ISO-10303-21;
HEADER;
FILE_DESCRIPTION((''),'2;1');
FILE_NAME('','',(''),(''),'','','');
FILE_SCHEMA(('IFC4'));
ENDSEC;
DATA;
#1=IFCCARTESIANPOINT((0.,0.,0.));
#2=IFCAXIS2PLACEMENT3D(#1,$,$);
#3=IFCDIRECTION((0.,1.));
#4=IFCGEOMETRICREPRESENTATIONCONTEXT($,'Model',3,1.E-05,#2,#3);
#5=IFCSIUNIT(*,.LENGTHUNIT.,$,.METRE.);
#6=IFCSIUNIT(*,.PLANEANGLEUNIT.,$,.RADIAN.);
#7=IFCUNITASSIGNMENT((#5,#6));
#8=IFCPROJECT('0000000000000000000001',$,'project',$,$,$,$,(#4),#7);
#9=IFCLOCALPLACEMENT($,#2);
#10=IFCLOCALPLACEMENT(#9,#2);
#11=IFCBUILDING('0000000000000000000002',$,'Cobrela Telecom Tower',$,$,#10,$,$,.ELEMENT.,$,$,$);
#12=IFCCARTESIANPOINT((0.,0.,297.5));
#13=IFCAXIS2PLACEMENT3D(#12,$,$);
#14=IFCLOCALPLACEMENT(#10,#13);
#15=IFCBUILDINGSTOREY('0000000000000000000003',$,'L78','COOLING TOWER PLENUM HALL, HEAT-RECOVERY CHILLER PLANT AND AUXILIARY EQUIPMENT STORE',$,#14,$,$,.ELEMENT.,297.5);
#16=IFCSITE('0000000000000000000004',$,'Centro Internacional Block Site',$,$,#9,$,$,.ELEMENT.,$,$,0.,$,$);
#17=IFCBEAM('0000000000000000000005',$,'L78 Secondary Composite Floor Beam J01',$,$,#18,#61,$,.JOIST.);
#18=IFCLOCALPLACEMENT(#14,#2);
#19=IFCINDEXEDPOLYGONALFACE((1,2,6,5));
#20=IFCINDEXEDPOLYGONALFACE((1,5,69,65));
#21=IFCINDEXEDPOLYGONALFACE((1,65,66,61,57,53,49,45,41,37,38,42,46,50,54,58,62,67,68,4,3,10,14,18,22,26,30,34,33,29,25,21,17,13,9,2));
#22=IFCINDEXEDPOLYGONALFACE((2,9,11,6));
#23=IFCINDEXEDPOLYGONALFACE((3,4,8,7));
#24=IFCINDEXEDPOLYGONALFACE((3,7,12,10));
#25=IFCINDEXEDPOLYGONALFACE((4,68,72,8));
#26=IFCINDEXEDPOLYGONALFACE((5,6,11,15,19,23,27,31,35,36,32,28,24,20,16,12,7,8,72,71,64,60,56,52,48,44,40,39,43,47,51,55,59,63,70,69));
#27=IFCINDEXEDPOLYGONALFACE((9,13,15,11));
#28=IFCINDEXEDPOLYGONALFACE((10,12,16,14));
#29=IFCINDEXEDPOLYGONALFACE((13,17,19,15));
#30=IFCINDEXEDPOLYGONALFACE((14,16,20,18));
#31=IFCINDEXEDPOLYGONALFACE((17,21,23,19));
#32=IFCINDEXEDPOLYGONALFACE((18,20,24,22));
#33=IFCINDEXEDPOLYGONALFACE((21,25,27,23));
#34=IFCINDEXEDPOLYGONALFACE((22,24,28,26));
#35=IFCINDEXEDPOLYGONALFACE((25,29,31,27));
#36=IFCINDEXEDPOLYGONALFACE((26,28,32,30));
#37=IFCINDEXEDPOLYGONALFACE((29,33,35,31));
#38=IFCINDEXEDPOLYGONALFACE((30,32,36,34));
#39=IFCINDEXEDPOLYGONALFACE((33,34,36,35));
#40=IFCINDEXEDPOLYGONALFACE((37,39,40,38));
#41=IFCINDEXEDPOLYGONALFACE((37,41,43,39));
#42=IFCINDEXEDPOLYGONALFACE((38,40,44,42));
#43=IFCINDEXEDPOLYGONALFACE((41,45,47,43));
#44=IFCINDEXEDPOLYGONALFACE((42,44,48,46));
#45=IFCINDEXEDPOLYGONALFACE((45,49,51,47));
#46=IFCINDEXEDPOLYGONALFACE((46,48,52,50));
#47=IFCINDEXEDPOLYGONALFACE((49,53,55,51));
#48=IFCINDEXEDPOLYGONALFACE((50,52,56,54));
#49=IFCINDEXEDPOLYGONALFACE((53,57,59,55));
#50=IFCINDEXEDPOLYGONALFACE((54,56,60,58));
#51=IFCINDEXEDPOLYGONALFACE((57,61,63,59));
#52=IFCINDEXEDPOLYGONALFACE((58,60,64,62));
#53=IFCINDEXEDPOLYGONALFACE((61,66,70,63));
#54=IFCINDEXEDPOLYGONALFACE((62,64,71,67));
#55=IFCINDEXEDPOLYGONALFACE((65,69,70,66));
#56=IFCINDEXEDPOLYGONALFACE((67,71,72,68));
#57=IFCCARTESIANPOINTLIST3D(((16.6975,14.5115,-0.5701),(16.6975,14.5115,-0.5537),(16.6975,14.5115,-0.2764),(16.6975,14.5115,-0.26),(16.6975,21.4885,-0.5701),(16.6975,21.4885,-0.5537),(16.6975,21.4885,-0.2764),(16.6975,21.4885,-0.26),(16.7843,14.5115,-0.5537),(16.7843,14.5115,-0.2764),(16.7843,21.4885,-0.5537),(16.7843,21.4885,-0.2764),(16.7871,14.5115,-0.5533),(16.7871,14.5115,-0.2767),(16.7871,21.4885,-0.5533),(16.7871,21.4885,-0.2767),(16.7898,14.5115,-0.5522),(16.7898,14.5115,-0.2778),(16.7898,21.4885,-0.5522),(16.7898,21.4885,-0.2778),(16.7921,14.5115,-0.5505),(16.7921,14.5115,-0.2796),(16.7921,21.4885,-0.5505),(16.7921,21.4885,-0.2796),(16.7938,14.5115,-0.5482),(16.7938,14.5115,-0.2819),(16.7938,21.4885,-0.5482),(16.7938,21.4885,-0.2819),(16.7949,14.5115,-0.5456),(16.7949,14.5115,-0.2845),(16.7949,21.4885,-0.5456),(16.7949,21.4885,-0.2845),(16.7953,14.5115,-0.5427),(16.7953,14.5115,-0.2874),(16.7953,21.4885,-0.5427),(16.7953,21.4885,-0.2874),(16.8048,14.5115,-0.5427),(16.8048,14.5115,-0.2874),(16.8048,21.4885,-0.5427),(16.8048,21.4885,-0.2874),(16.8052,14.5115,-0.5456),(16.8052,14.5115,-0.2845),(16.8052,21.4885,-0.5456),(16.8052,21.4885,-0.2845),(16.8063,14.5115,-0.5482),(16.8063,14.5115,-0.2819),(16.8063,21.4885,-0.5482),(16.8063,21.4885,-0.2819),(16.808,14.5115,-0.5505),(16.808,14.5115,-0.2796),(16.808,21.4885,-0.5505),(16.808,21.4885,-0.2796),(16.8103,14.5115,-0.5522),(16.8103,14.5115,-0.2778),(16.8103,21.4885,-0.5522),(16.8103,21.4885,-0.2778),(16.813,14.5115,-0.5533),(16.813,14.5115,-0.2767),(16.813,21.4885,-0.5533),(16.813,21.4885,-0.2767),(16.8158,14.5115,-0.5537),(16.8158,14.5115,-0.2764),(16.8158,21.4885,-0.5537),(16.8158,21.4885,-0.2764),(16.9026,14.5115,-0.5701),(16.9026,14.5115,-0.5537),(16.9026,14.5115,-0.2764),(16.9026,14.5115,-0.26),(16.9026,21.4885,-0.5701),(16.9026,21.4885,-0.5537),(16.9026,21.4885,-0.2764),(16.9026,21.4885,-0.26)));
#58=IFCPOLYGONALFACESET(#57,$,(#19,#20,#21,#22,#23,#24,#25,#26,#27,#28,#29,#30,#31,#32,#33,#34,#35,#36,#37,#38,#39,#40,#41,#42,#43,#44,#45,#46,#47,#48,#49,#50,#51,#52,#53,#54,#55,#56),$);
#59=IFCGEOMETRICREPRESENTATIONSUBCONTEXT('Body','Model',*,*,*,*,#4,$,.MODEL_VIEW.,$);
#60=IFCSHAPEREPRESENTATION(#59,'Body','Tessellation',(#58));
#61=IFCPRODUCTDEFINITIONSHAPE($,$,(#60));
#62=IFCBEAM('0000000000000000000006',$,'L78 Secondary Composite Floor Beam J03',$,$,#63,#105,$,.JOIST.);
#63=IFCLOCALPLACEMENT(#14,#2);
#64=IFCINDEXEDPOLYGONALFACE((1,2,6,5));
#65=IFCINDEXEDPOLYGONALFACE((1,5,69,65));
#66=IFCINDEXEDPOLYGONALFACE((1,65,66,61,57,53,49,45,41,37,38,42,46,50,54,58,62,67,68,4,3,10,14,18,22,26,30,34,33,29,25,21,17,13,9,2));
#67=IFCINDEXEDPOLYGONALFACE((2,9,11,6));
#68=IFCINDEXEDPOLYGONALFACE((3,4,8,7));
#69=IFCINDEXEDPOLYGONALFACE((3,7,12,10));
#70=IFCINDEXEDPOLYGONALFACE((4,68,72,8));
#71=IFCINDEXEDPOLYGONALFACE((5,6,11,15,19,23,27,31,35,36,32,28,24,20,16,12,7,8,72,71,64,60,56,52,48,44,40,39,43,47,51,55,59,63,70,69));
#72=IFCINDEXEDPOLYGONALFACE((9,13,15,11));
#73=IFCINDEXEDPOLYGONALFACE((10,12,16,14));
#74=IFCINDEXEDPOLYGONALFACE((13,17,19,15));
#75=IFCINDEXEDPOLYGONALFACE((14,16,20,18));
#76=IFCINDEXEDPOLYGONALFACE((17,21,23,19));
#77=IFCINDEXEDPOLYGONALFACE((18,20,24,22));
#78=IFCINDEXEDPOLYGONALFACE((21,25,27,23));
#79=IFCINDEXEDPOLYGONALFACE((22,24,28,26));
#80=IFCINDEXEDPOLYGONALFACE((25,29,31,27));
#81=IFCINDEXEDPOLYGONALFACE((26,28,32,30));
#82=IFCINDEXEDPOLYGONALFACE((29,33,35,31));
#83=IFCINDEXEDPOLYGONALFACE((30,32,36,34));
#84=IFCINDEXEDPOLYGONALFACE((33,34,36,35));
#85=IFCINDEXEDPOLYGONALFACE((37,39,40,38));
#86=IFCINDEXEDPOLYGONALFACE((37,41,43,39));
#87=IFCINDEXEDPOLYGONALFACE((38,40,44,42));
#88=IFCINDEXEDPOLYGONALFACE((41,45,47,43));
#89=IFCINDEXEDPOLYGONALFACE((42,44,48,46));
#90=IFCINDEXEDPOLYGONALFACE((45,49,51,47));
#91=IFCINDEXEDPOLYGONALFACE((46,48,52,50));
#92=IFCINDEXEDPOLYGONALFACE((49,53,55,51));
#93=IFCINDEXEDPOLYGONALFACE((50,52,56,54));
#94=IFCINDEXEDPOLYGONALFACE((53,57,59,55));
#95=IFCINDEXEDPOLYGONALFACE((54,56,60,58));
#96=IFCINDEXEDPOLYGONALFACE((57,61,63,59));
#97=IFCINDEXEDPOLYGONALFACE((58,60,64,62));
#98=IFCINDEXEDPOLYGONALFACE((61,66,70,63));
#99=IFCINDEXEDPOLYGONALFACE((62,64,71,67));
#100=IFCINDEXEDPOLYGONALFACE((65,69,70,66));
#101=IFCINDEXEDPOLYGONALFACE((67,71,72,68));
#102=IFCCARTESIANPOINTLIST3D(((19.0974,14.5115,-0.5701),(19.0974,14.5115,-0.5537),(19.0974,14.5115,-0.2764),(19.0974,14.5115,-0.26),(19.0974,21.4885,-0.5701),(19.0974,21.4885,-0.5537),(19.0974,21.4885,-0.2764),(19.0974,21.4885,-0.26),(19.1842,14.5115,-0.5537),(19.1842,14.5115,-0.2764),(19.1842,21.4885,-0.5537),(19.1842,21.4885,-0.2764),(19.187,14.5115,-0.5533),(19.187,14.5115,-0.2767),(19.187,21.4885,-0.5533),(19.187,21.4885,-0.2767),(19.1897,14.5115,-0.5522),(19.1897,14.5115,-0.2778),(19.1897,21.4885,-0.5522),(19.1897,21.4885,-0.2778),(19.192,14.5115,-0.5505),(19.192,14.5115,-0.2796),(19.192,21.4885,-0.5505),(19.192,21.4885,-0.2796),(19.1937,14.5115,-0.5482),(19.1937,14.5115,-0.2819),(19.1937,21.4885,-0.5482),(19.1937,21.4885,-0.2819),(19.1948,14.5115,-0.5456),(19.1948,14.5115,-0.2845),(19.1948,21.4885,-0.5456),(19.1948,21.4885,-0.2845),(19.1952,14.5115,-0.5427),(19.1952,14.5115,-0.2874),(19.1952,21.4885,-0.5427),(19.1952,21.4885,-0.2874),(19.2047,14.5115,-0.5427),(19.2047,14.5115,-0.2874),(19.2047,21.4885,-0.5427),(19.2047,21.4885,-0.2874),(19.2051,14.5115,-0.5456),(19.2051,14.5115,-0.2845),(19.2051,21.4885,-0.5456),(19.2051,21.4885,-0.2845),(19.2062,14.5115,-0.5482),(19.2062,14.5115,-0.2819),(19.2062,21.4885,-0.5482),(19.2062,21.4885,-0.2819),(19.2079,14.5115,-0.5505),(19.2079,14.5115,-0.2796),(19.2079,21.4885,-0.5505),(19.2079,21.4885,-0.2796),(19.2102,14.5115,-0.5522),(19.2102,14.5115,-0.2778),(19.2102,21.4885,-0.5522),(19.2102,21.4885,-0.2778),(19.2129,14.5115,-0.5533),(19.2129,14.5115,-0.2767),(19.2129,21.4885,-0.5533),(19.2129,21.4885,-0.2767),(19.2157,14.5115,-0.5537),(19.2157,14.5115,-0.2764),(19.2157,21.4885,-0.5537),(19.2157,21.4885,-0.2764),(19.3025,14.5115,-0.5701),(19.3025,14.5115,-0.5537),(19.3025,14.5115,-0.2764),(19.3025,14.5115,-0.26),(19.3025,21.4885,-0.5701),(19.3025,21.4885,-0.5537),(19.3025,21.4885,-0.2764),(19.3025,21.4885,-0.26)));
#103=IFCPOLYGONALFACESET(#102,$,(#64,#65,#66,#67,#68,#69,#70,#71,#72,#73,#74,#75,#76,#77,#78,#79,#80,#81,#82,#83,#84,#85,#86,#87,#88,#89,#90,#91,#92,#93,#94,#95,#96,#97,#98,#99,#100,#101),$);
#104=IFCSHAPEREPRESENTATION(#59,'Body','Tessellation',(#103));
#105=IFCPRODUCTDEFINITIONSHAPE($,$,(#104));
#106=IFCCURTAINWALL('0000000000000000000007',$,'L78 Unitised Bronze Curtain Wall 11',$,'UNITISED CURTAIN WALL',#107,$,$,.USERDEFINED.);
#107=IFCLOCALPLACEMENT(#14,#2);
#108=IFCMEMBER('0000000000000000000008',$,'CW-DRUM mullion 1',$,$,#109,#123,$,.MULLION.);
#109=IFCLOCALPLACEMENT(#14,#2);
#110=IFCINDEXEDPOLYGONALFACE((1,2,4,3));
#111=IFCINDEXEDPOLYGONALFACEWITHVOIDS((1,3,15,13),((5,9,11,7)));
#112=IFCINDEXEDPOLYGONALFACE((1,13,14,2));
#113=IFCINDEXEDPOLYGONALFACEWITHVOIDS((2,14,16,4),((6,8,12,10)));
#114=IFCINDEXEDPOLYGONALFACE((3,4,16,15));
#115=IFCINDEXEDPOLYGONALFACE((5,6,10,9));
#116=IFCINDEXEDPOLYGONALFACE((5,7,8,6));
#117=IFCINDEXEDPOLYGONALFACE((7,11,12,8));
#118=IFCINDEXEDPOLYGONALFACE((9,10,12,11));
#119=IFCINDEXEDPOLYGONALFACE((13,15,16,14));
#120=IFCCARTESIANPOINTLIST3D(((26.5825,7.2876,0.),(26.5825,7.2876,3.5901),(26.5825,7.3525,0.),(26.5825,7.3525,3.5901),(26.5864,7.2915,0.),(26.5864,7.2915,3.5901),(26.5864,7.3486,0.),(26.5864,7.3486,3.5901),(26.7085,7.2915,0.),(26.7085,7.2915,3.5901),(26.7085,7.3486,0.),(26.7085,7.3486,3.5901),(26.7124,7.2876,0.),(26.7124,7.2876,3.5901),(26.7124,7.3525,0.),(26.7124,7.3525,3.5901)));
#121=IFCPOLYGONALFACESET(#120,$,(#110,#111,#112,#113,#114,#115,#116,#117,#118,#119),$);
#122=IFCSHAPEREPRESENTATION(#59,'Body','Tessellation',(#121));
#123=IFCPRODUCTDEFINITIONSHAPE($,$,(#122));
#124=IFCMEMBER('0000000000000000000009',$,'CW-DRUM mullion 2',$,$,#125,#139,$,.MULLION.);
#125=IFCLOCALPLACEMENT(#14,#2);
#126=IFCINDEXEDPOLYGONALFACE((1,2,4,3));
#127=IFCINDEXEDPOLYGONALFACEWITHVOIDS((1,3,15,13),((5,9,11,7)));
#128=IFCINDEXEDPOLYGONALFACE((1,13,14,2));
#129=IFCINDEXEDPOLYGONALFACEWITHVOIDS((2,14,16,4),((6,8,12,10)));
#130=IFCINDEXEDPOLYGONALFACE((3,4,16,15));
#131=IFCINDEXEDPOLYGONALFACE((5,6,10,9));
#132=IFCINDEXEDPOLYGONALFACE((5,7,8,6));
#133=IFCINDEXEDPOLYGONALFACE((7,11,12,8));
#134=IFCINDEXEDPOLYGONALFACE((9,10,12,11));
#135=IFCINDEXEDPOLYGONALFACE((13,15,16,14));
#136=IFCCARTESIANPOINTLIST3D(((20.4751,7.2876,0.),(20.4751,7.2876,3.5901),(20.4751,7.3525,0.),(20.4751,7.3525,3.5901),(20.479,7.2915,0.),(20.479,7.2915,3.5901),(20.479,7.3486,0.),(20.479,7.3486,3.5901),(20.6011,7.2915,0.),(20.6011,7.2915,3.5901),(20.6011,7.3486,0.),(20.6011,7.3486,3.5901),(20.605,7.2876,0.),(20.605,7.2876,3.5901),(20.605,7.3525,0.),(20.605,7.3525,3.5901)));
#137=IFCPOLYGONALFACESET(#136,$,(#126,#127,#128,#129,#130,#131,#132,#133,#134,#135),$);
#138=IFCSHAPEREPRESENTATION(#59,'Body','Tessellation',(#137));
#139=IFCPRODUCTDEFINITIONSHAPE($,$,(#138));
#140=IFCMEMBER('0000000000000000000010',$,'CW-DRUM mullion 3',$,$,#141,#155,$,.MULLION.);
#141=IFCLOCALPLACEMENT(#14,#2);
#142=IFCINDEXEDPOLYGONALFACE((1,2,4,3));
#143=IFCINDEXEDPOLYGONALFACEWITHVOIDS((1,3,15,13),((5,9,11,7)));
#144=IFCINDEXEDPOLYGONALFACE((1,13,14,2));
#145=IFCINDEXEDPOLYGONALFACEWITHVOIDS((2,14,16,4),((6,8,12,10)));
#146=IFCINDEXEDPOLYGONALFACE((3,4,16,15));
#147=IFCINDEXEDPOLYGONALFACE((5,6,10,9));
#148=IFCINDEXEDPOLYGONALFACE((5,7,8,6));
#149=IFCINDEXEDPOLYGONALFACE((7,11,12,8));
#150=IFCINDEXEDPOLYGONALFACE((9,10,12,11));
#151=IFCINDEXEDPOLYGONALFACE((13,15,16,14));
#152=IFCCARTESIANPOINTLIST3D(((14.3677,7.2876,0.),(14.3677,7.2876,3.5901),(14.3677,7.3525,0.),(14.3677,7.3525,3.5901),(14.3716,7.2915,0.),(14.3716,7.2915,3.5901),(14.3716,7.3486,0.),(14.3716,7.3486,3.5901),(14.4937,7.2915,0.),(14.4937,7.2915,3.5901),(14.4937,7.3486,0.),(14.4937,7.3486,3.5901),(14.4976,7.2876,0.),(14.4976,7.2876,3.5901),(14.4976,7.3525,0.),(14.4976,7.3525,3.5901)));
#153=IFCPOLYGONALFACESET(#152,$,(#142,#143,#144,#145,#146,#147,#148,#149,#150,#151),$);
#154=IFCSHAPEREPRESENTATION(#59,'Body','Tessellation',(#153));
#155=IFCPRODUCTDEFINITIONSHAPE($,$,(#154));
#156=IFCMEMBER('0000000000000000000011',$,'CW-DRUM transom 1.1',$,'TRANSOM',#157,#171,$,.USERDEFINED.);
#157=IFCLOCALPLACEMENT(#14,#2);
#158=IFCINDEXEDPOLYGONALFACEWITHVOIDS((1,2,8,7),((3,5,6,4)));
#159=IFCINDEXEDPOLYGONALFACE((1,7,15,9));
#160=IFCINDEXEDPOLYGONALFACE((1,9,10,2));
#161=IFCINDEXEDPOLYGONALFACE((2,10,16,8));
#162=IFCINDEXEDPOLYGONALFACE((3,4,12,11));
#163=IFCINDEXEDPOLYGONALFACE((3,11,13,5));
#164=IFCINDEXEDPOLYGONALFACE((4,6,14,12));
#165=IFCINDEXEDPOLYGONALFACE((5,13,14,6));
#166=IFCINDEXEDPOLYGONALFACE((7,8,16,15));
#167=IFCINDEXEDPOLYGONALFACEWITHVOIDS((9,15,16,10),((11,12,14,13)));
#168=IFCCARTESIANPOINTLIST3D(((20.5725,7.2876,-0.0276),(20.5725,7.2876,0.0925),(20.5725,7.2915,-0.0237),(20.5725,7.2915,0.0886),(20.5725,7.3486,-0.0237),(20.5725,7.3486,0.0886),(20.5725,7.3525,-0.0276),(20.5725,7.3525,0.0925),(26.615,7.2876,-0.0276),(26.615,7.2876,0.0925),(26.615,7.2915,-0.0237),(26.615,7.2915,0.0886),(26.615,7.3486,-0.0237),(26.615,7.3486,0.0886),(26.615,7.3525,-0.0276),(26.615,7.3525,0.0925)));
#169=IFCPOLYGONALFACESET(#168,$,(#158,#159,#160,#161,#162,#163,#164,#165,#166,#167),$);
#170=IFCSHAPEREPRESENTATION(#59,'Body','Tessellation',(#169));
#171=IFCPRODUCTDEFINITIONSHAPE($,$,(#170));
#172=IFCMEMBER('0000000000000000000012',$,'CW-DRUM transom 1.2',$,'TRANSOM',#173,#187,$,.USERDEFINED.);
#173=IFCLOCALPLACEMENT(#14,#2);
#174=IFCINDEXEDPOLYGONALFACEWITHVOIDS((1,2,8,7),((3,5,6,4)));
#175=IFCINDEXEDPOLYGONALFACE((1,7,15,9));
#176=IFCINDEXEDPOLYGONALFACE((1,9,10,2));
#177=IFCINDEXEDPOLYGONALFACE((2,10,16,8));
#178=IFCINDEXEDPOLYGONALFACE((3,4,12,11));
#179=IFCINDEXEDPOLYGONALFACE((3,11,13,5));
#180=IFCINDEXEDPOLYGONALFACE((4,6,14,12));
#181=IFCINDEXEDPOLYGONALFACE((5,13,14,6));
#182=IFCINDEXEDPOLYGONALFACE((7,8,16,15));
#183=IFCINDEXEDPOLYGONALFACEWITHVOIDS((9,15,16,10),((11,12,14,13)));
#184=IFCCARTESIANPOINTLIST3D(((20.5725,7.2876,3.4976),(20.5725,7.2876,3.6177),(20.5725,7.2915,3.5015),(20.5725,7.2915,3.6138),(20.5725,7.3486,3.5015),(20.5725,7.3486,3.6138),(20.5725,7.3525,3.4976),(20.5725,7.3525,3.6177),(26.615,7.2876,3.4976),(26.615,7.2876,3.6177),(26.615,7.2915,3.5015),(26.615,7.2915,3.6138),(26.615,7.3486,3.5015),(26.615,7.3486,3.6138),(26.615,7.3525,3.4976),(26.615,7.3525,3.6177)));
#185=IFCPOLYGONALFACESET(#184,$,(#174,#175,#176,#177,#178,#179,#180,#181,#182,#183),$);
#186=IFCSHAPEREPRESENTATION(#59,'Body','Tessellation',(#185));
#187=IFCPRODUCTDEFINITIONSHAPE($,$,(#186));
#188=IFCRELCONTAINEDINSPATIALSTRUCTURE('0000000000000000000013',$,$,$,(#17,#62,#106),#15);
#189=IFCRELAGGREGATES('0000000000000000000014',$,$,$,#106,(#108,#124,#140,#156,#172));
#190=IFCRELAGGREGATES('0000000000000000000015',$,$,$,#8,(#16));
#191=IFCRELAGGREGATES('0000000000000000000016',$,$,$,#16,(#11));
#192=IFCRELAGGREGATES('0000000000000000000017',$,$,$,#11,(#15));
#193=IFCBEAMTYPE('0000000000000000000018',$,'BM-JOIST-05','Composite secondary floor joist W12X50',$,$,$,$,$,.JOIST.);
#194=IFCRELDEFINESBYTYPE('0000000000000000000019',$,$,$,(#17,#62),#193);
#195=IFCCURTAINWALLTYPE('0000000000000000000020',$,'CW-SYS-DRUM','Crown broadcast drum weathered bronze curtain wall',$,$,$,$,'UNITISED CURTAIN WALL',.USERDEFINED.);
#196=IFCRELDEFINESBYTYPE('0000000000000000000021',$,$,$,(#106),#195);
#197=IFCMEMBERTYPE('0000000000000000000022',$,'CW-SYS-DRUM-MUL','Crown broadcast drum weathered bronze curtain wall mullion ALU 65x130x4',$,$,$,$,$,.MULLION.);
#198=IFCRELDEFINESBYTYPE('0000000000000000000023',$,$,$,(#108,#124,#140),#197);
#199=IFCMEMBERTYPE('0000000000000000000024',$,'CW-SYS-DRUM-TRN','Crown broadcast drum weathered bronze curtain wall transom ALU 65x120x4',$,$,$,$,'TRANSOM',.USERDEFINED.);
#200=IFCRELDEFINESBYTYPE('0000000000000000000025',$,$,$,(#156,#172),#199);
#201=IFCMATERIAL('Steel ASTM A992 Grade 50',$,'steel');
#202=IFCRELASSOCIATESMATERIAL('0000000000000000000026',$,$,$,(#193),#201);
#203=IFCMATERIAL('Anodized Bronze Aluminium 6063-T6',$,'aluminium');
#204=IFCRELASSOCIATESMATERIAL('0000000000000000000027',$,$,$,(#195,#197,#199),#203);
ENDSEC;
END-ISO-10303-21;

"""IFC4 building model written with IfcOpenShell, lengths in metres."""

from ifc_helpers import new_model, si_unit, direction, frame, origin, origin_2d, place, context, subcontext, project, spatial, hollow_rectangle, i_section, extrude, material, material_profile, profile_set, type_object, element, aggregate, save


model = new_model("IFC4")

# Units and contexts
model_context = context("Model", 3, precision=1e-05, world=origin(), true_north=direction((0.0, 1.0)))
body_context = subcontext(model_context, "Body", "Model", "MODEL_VIEW")
ifc_project = project(units=[si_unit("LENGTHUNIT", "METRE"), si_unit("PLANEANGLEUNIT", "RADIAN")], contexts=[model_context])

# Site, building, storey
site_placement = place(None, origin())
site = spatial("IfcSite", under=ifc_project, at=site_placement, Name="Centro Internacional Block Site", CompositionType="ELEMENT", RefElevation=0.0)
building_placement = place(site_placement, origin())
building = spatial("IfcBuilding", under=site, at=building_placement, Name="Cobrela Telecom Tower", CompositionType="ELEMENT")
storey_placement = place(building_placement, frame((0.0, 0.0, 297.5)))
storey = spatial("IfcBuildingStorey", under=building, at=storey_placement, Name="L78", Description="COOLING TOWER PLENUM HALL, HEAT-RECOVERY CHILLER PLANT AND AUXILIARY EQUIPMENT STORE", CompositionType="ELEMENT", Elevation=297.5)

# Shared definitions
ifc_material_1 = material(Name="Steel ASTM A992 Grade 50", Category="steel")

# Beams
ifc_material_profile_1 = material_profile(ifc_material_1, i_section(OverallWidth=0.2051, OverallDepth=0.3101, WebThickness=0.0095, FlangeThickness=0.0164, FilletRadius=0.011, at=origin_2d()), Name="W12X50")
ifc_profile_set_1 = profile_set([ifc_material_profile_1], Name="Steel ASTM A992 Grade 50")
beam_type_1 = type_object("IfcBeamType", Name="BM-JOIST-05", Description="Composite secondary floor joist W12X50", PredefinedType="JOIST", material=ifc_profile_set_1)
for number, where, z_axis, x_axis, name in (
    (1, (16.8, 14.5115, -0.415), (0.0, 1.0, 0.0), (-1.0, 0.0, 0.0), "L78 Secondary Composite Floor Beam J01"),
    (2, (19.2, 14.5115, -0.415), (0.0, 1.0, 0.0), (-1.0, 0.0, 0.0), "L78 Secondary Composite Floor Beam J03"),
):
    element("IfcBeam", number, at=place(storey_placement, frame(where, z_axis=z_axis, x_axis=x_axis)), inside=storey, type_object=beam_type_1, Name=name, PredefinedType="JOIST", context=body_context, shape_type="SweptSolid", body=[
        extrude(i_section(OverallWidth=0.2051, OverallDepth=0.3101, WebThickness=0.0095, FlangeThickness=0.0164, FilletRadius=0.011, at=origin_2d()), origin(), (0.0, 0.0, 1.0), 6.9771),
    ])

# Curtain wall, members
ifc_material_2 = material(Name="Anodized Bronze Aluminium 6063-T6", Category="aluminium")
curtain_wall_type = type_object("IfcCurtainWallType", Name="CW-SYS-DRUM", Description="Crown broadcast drum weathered bronze curtain wall", ElementType="UNITISED CURTAIN WALL", PredefinedType="USERDEFINED", material=ifc_material_2)
curtain_wall_placement = place(storey_placement, origin())
curtain_wall = element("IfcCurtainWall", 3, at=curtain_wall_placement, inside=storey, type_object=curtain_wall_type, Name="L78 Unitised Bronze Curtain Wall 11", ObjectType="UNITISED CURTAIN WALL", PredefinedType="USERDEFINED")
ifc_material_profile_2 = material_profile(ifc_material_2, hollow_rectangle(XDim=0.0649, YDim=0.1299, WallThickness=0.0039, at=origin_2d()), Name="ALU 65x130x4")
ifc_profile_set_2 = profile_set([ifc_material_profile_2], Name="Anodized Bronze Aluminium 6063-T6")
member_type_1 = type_object("IfcMemberType", Name="CW-SYS-DRUM-MUL", Description="Crown broadcast drum weathered bronze curtain wall mullion ALU 65x130x4", PredefinedType="MULLION", material=ifc_profile_set_2)
member_1_placement = place(storey_placement, frame((26.6475, 7.3201, 0.0), z_axis=(0.0, 0.0, 1.0), x_axis=(0.0, -1.0, 0.0)))
member_1 = element("IfcMember", 4, at=member_1_placement, type_object=member_type_1, Name="CW-DRUM mullion 1", PredefinedType="MULLION", context=body_context, shape_type="SweptSolid", body=[
    extrude(hollow_rectangle(XDim=0.0649, YDim=0.1299, WallThickness=0.0039, at=origin_2d()), origin(), (0.0, 0.0, 1.0), 3.5901),
])
member_2_placement = place(storey_placement, frame((20.54, 7.3201, 0.0), z_axis=(0.0, 0.0, 1.0), x_axis=(0.0, -1.0, 0.0)))
member_2 = element("IfcMember", 5, at=member_2_placement, type_object=member_type_1, Name="CW-DRUM mullion 2", PredefinedType="MULLION", context=body_context, shape_type="SweptSolid", body=[
    extrude(hollow_rectangle(XDim=0.0649, YDim=0.1299, WallThickness=0.0039, at=origin_2d()), origin(), (0.0, 0.0, 1.0), 3.5901),
])
member_3_placement = place(storey_placement, frame((14.4326, 7.3201, 0.0), z_axis=(0.0, 0.0, 1.0), x_axis=(0.0, -1.0, 0.0)))
member_3 = element("IfcMember", 6, at=member_3_placement, type_object=member_type_1, Name="CW-DRUM mullion 3", PredefinedType="MULLION", context=body_context, shape_type="SweptSolid", body=[
    extrude(hollow_rectangle(XDim=0.0649, YDim=0.1299, WallThickness=0.0039, at=origin_2d()), origin(), (0.0, 0.0, 1.0), 3.5901),
])
ifc_material_profile_3 = material_profile(ifc_material_2, hollow_rectangle(XDim=0.0649, YDim=0.1201, WallThickness=0.0039, at=origin_2d()), Name="ALU 65x120x4")
ifc_profile_set_3 = profile_set([ifc_material_profile_3], Name="Anodized Bronze Aluminium 6063-T6")
member_type_2 = type_object("IfcMemberType", Name="CW-SYS-DRUM-TRN", Description="Crown broadcast drum weathered bronze curtain wall transom ALU 65x120x4", ElementType="TRANSOM", PredefinedType="USERDEFINED", material=ifc_profile_set_3)
member_4_placement = place(storey_placement, frame((26.615, 7.3201, 0.0325), z_axis=(-1.0, 0.0, 0.0), x_axis=(0.0, -1.0, 0.0)))
member_4 = element("IfcMember", 7, at=member_4_placement, type_object=member_type_2, Name="CW-DRUM transom 1.1", ObjectType="TRANSOM", PredefinedType="USERDEFINED", context=body_context, shape_type="SweptSolid", body=[
    extrude(hollow_rectangle(XDim=0.0649, YDim=0.1201, WallThickness=0.0039, at=origin_2d()), origin(), (0.0, 0.0, 1.0), 6.0425),
])
member_5_placement = place(storey_placement, frame((26.615, 7.3201, 3.5576), z_axis=(-1.0, 0.0, 0.0), x_axis=(0.0, -1.0, 0.0)))
member_5 = element("IfcMember", 8, at=member_5_placement, type_object=member_type_2, Name="CW-DRUM transom 1.2", ObjectType="TRANSOM", PredefinedType="USERDEFINED", context=body_context, shape_type="SweptSolid", body=[
    extrude(hollow_rectangle(XDim=0.0649, YDim=0.1201, WallThickness=0.0039, at=origin_2d()), origin(), (0.0, 0.0, 1.0), 6.0425),
])
aggregate(curtain_wall, [member_1, member_2, member_3, member_4, member_5])

save(model, "model.ifc")
